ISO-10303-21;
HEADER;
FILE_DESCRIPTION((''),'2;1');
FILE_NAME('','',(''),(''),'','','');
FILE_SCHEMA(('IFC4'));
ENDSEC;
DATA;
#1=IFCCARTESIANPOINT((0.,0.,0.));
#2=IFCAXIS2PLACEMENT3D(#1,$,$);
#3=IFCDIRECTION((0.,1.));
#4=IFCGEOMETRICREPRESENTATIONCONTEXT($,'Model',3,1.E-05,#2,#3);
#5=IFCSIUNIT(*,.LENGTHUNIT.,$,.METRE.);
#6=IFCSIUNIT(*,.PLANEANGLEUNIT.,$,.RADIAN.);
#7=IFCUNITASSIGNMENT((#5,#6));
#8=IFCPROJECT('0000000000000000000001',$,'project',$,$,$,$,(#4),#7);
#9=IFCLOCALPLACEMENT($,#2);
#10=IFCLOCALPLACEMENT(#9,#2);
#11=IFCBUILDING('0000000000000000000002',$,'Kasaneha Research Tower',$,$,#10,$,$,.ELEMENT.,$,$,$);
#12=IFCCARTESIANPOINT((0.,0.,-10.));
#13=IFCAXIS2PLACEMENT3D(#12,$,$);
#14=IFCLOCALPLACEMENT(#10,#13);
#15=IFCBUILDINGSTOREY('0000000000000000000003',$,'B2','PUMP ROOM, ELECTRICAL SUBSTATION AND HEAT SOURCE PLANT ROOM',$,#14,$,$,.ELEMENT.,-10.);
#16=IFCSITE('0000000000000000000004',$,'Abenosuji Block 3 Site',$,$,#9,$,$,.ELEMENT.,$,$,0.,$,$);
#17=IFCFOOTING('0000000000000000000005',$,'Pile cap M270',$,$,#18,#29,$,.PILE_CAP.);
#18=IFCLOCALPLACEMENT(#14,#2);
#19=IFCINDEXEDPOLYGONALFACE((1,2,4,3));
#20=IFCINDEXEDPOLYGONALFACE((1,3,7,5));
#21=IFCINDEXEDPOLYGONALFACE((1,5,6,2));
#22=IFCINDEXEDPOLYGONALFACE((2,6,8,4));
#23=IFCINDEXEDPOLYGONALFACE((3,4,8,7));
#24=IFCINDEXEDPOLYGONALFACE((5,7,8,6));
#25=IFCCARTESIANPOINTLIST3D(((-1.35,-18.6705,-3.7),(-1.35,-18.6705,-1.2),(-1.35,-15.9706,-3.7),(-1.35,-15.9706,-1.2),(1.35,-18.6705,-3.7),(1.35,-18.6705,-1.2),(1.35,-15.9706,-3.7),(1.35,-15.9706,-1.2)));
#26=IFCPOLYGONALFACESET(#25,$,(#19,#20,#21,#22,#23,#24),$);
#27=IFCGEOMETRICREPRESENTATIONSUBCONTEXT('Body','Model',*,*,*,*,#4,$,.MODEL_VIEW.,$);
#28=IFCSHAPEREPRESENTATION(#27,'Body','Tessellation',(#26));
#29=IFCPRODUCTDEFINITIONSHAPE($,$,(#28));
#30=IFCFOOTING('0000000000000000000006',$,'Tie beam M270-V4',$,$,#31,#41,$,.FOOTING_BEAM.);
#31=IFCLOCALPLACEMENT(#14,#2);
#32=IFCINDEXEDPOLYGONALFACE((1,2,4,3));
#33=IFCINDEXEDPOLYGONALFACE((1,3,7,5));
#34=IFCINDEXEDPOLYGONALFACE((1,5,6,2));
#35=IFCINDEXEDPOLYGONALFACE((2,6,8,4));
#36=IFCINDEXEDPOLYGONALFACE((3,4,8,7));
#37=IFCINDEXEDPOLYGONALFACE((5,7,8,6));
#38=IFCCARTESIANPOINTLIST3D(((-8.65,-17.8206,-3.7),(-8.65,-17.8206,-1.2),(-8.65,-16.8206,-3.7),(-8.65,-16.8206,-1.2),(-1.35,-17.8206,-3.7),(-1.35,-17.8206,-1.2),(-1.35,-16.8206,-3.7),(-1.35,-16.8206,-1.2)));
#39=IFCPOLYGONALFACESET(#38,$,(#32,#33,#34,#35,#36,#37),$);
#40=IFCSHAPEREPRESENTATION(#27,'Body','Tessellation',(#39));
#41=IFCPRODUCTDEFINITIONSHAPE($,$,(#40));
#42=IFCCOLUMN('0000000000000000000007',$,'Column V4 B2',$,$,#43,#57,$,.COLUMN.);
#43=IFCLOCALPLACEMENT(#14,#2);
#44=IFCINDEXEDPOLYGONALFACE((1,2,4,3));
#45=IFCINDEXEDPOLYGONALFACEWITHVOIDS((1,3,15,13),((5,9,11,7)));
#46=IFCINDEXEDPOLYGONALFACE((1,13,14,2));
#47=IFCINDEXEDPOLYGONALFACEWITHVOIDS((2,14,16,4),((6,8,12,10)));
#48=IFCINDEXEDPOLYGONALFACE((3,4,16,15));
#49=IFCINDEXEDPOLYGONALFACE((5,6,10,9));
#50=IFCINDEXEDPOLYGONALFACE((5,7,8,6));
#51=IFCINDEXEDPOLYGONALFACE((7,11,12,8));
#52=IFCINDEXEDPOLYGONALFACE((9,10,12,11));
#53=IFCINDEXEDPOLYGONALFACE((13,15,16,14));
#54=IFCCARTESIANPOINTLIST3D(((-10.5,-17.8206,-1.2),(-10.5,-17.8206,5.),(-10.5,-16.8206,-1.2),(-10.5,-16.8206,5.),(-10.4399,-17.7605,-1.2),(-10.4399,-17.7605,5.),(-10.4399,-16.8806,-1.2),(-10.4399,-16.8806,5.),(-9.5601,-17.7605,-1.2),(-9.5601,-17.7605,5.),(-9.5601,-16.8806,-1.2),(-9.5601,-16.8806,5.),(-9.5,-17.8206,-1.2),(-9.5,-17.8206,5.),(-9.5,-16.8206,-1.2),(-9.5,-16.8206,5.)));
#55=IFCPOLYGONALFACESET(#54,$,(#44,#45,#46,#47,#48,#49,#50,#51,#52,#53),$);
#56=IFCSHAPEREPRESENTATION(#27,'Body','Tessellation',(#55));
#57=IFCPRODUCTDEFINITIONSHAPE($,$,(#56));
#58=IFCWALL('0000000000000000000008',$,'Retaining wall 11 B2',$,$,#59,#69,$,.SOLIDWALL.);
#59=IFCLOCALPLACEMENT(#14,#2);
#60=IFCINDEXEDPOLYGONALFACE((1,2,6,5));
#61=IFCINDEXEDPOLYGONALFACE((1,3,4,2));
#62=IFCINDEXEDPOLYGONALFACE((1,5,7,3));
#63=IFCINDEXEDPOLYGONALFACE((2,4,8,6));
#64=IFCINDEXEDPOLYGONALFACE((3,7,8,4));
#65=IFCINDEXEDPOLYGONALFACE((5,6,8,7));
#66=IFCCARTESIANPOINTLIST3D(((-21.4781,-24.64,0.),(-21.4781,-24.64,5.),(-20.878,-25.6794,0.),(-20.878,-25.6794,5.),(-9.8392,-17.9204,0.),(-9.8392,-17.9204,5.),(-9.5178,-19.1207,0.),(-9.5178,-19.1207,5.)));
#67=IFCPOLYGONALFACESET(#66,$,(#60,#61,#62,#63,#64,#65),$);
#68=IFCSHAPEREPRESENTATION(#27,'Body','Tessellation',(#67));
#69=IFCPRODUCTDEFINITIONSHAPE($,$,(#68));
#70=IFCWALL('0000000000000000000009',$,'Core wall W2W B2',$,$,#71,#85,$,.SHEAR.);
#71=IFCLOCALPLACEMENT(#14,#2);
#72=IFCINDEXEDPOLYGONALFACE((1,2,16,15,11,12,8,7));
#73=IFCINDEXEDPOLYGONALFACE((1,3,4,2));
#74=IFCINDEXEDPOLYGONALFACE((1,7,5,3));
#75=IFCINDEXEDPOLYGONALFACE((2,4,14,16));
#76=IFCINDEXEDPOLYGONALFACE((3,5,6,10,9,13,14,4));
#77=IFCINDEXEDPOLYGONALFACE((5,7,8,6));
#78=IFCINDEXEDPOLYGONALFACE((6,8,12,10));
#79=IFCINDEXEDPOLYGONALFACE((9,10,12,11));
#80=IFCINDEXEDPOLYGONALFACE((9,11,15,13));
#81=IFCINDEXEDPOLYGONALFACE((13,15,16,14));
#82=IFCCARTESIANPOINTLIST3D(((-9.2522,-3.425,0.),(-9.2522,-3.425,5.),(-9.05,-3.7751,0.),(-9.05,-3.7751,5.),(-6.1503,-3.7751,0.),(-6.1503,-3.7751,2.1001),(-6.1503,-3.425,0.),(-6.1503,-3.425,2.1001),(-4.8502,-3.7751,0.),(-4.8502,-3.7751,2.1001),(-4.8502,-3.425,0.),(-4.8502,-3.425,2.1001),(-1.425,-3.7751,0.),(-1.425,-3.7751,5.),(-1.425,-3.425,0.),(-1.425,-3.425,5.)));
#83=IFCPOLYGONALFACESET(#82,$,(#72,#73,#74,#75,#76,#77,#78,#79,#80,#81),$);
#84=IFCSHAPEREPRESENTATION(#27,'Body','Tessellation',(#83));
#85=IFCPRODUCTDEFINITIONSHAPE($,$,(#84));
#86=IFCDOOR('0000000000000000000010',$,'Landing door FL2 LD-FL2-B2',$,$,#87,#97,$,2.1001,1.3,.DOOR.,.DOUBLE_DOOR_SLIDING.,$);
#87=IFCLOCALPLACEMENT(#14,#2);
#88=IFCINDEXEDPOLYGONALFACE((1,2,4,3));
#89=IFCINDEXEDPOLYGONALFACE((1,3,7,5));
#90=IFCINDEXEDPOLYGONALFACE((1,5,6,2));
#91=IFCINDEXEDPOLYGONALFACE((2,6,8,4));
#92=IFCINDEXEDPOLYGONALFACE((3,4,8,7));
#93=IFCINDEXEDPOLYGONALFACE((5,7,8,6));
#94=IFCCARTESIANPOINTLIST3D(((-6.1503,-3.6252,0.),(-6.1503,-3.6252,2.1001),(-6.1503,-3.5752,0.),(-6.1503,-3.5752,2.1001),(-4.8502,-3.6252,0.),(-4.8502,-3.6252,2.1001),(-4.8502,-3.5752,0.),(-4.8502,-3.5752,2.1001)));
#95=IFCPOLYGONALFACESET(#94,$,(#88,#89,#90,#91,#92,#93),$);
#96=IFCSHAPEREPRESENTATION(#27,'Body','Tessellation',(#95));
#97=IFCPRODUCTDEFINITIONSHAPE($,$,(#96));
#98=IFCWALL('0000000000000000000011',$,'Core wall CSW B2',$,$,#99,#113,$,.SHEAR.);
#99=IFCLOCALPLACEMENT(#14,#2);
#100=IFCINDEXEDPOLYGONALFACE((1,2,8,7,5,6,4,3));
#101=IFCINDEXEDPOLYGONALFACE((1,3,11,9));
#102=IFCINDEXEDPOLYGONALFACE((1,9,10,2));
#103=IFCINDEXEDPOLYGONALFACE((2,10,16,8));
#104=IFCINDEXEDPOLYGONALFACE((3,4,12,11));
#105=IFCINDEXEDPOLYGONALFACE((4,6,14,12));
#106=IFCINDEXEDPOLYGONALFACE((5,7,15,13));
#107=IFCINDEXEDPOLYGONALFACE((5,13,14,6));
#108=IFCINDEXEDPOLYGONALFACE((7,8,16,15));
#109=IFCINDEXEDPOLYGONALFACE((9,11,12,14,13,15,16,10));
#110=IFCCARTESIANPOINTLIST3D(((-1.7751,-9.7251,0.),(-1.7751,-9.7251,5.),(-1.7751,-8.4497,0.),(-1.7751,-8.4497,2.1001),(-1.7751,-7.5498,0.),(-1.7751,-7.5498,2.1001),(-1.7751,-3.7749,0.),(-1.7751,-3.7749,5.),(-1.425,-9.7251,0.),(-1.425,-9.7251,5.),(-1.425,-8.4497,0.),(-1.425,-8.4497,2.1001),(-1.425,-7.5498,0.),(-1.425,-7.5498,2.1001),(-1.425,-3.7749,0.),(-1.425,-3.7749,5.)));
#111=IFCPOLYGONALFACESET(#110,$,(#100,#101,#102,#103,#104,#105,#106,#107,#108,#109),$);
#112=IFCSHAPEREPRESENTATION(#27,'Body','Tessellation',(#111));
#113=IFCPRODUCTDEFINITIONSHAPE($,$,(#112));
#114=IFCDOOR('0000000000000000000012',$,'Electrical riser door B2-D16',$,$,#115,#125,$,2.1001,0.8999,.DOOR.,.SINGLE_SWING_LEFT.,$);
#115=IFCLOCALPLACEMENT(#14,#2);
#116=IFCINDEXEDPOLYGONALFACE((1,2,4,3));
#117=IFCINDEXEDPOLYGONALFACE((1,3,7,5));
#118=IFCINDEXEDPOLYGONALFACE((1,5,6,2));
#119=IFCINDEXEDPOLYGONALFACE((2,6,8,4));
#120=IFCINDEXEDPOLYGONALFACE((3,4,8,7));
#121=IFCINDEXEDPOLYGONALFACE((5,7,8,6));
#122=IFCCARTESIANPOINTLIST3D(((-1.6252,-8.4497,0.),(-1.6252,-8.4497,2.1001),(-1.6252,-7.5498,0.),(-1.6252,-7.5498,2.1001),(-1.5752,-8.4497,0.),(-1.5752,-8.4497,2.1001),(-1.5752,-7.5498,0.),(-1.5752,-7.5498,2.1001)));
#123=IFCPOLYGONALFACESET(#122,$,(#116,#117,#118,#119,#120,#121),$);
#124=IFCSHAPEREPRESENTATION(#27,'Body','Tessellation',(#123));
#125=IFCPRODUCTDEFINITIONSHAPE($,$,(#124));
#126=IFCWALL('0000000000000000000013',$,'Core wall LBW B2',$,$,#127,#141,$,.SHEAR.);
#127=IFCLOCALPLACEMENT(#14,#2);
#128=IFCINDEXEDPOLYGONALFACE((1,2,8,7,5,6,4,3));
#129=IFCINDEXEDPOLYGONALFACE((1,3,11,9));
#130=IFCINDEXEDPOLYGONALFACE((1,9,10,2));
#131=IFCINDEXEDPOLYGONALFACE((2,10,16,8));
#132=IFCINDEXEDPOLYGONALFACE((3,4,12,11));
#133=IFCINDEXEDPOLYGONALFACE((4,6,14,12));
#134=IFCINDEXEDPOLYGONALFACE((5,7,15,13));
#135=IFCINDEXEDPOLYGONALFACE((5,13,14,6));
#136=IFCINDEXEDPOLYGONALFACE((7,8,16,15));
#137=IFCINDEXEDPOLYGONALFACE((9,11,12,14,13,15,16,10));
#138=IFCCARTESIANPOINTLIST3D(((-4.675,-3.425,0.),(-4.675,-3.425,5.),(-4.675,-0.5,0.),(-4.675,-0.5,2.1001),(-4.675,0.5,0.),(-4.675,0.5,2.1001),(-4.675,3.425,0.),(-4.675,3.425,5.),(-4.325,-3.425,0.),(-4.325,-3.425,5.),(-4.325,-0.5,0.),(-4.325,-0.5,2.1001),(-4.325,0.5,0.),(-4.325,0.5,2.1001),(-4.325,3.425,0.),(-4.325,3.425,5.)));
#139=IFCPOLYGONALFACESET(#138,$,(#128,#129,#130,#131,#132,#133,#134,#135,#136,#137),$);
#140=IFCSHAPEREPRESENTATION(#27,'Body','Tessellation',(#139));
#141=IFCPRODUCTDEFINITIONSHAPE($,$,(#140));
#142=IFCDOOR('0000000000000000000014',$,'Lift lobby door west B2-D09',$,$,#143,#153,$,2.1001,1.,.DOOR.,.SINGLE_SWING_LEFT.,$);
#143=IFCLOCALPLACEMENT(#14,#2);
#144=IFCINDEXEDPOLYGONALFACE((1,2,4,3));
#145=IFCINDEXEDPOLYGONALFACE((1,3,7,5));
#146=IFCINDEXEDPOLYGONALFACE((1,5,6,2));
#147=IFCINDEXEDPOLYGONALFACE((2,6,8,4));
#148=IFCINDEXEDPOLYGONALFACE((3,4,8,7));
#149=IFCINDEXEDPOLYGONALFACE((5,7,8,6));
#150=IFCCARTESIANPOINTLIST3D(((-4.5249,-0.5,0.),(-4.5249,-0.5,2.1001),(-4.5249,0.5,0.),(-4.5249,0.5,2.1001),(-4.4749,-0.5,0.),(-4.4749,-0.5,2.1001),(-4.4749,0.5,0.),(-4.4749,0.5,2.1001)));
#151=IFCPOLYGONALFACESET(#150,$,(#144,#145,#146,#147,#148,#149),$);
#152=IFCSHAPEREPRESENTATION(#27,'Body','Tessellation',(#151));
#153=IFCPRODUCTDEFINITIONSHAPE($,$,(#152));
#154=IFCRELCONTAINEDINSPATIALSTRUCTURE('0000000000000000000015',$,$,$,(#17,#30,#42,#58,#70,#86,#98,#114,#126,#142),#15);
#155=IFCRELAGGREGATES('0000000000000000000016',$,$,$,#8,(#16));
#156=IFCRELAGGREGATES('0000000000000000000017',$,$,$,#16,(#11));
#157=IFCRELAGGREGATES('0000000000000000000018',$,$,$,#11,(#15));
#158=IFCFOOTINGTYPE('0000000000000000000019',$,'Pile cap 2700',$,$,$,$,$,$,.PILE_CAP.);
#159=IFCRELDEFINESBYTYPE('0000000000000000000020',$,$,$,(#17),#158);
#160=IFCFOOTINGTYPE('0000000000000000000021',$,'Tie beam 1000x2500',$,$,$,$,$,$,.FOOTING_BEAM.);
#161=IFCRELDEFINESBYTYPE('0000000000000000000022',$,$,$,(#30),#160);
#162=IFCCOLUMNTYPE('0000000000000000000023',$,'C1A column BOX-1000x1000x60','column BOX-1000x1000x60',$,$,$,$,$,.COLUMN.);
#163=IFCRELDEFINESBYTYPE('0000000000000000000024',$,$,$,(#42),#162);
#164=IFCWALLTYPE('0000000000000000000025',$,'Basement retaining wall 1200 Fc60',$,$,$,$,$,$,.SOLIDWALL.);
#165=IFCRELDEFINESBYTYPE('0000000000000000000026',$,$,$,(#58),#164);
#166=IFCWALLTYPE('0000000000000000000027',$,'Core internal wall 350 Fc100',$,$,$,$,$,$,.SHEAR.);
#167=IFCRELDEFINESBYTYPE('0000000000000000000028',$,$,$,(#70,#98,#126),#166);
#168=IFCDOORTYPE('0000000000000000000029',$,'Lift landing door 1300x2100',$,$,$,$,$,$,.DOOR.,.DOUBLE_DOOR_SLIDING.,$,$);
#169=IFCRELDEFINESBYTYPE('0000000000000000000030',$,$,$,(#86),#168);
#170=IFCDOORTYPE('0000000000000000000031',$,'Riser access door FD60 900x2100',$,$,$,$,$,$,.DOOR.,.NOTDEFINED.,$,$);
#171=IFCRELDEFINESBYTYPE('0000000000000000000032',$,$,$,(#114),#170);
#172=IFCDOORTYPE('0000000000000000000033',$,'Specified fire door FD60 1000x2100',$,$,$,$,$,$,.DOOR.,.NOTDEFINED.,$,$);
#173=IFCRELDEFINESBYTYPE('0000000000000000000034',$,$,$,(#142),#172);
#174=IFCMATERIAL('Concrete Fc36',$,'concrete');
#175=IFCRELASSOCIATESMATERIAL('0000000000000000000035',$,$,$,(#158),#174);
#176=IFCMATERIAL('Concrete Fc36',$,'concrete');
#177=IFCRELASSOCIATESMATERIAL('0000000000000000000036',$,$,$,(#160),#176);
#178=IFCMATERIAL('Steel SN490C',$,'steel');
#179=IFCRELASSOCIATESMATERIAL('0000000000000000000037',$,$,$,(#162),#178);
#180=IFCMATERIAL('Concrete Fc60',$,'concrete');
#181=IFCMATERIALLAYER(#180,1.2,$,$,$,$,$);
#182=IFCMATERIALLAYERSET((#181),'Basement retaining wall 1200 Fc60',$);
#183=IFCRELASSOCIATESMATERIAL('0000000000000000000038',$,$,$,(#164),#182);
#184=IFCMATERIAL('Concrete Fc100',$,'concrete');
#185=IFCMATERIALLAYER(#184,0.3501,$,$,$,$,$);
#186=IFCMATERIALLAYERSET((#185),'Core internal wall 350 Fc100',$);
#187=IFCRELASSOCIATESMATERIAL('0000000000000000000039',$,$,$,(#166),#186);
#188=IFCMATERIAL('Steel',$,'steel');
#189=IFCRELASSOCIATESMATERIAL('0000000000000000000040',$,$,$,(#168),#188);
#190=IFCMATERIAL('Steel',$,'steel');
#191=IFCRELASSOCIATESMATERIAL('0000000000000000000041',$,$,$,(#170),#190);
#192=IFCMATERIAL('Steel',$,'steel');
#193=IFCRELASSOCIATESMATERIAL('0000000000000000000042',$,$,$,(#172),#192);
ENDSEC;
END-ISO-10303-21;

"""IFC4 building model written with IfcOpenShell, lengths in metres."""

from ifc_helpers import new_model, si_unit, direction, frame, frame_2d, origin, origin_2d, place, context, subcontext, project, spatial, polyline, rectangle, hollow_rectangle, outline, extrude, material, layer, layer_set, material_profile, profile_set, type_object, element, fill, save


model = new_model("IFC4")

# Units and contexts
model_context = context("Model", 3, precision=1e-05, world=origin(), true_north=direction((0.0, 1.0)))
body_context = subcontext(model_context, "Body", "Model", "MODEL_VIEW")
ifc_project = project(units=[si_unit("LENGTHUNIT", "METRE"), si_unit("PLANEANGLEUNIT", "RADIAN")], contexts=[model_context])

# Site, building, storey
site_placement = place(None, origin())
site = spatial("IfcSite", under=ifc_project, at=site_placement, Name="Abenosuji Block 3 Site", CompositionType="ELEMENT", RefElevation=0.0)
building_placement = place(site_placement, origin())
building = spatial("IfcBuilding", under=site, at=building_placement, Name="Kasaneha Research Tower", CompositionType="ELEMENT")
storey_placement = place(building_placement, frame((0.0, 0.0, -10.0)))
storey = spatial("IfcBuildingStorey", under=building, at=storey_placement, Name="B2", Description="PUMP ROOM, ELECTRICAL SUBSTATION AND HEAT SOURCE PLANT ROOM", CompositionType="ELEMENT", Elevation=-10.0)

# Footings
ifc_material_1 = material(Name="Concrete Fc36", Category="concrete")
footing_type_1 = type_object("IfcFootingType", Name="Pile cap 2700", PredefinedType="PILE_CAP", material=ifc_material_1)
footing_1_placement = place(storey_placement, frame((0.0, -17.3206, -3.7), z_axis=(0.0, 0.0, 1.0), x_axis=(1.0, 0.0, 0.0)))
element("IfcFooting", 1, at=footing_1_placement, inside=storey, type_object=footing_type_1, Name="Pile cap M270", PredefinedType="PILE_CAP", context=body_context, shape_type="SweptSolid", body=[
    extrude(rectangle(XDim=2.7, YDim=2.7, at=origin_2d()), origin(), (0.0, 0.0, 1.0), 2.5),
])
ifc_material_2 = material(Name="Concrete Fc36", Category="concrete")
footing_type_2 = type_object("IfcFootingType", Name="Tie beam 1000x2500", PredefinedType="FOOTING_BEAM", material=ifc_material_2)
footing_2_placement = place(storey_placement, frame((-5.0, -17.3206, -3.7), z_axis=(0.0, 0.0, 1.0), x_axis=(-1.0, 0.0, 0.0)))
element("IfcFooting", 2, at=footing_2_placement, inside=storey, type_object=footing_type_2, Name="Tie beam M270-V4", PredefinedType="FOOTING_BEAM", context=body_context, shape_type="SweptSolid", body=[
    extrude(rectangle(XDim=7.3, YDim=1.0, at=origin_2d()), origin(), (0.0, 0.0, 1.0), 2.5),
])

# Column
ifc_material_3 = material(Name="Steel SN490C", Category="steel")
ifc_material_profile_1 = material_profile(ifc_material_3, hollow_rectangle(XDim=1.0, YDim=1.0, WallThickness=0.0601, at=origin_2d()), Name="BOX-1000x1000x60")
ifc_profile_set_1 = profile_set([ifc_material_profile_1], Name="Steel SN490C")
column_type = type_object("IfcColumnType", Name="C1A column BOX-1000x1000x60", Description="column BOX-1000x1000x60", PredefinedType="COLUMN", material=ifc_profile_set_1)
column_placement = place(storey_placement, frame((-10.0, -17.3206, -1.2), z_axis=(0.0, 0.0, 1.0), x_axis=(1.0, 0.0, 0.0)))
element("IfcColumn", 3, at=column_placement, inside=storey, type_object=column_type, Name="Column V4 B2", PredefinedType="COLUMN", context=body_context, shape_type="SweptSolid", body=[
    extrude(hollow_rectangle(XDim=1.0, YDim=1.0, WallThickness=0.0601, at=origin_2d()), origin(), (0.0, 0.0, 1.0), 6.2),
])

# Wall
ifc_material_4 = material(Name="Concrete Fc60", Category="concrete")
ifc_layer_1 = layer(ifc_material_4, 1.2)
ifc_layer_set_1 = layer_set([ifc_layer_1], Name="Basement retaining wall 1200 Fc60")
wall_type_1 = type_object("IfcWallType", Name="Basement retaining wall 1200 Fc60", PredefinedType="SOLIDWALL", material=ifc_layer_set_1)
wall_1_placement = place(storey_placement, frame((-9.6785, -18.5205, 0.0), z_axis=(0.0, 0.0, 1.0), x_axis=(-0.866028, -0.499995, 0.0)))
element("IfcWall", 4, at=wall_1_placement, inside=storey, type_object=wall_type_1, Name="Retaining wall 11 B2", PredefinedType="SOLIDWALL", context=body_context, shape_type="SweptSolid", body=[
    extrude(outline(polyline([(-0.1609, -0.6001), (13.2786, -0.6001), (13.2786, 0.6001), (0.1609, 0.6001), (-0.1609, -0.6001)])), origin(), (0.0, 0.0, 1.0), 5.0),
])

# Walls, openings, doors
ifc_material_5 = material(Name="Concrete Fc100", Category="concrete")
ifc_layer_2 = layer(ifc_material_5, 0.3501)
ifc_layer_set_2 = layer_set([ifc_layer_2], Name="Core internal wall 350 Fc100")
wall_type_2 = type_object("IfcWallType", Name="Core internal wall 350 Fc100", PredefinedType="SHEAR", material=ifc_layer_set_2)
wall_2_placement = place(storey_placement, frame((-9.1511, -3.6001, 0.0), z_axis=(0.0, 0.0, 1.0), x_axis=(1.0, 0.0, 0.0)))
wall_2 = element("IfcWall", 5, at=wall_2_placement, inside=storey, type_object=wall_type_2, Name="Core wall W2W B2", PredefinedType="SHEAR", context=body_context, shape_type="SweptSolid", body=[
    extrude(outline(polyline([(0.1011, -0.175), (3.001, -0.175), (4.301, -0.175), (7.7261, -0.175), (7.7261, 0.175), (4.301, 0.175), (3.001, 0.175), (-0.1011, 0.175), (0.1011, -0.175)])), origin(), (0.0, 0.0, 1.0), 5.0),
])
opening_1_placement = place(wall_2_placement, frame((3.001, 0.0, 0.0)))
opening_1 = element("IfcOpeningElement", 6, at=opening_1_placement, cuts=wall_2, PredefinedType="OPENING", context=body_context, shape_type="SweptSolid", body=[
    extrude(rectangle(XDim=1.3, YDim=2.1001, at=frame_2d((0.6499, 1.05))), frame((0.0, 0.1851, 0.0), z_axis=(0.0, -1.0, 0.0), x_axis=(1.0, 0.0, 0.0)), (0.0, 0.0, 1.0), 0.3701),
])
ifc_material_6 = material(Name="Steel", Category="steel")
door_type_1 = type_object("IfcDoorType", Name="Lift landing door 1300x2100", OperationType="DOUBLE_DOOR_SLIDING", PredefinedType="DOOR", material=ifc_material_6)
door_1_placement = place(opening_1_placement, origin())
door_1 = element("IfcDoor", 7, at=door_1_placement, inside=storey, type_object=door_type_1, Name="Landing door FL2 LD-FL2-B2", OperationType="DOUBLE_DOOR_SLIDING", OverallHeight=2.1001, OverallWidth=1.3, PredefinedType="DOOR", context=body_context, shape_type="SweptSolid", body=[
    extrude(rectangle(XDim=1.3, YDim=2.1001, at=frame_2d((0.6499, 1.05))), frame((0.0, 0.0249, 0.0), z_axis=(0.0, -1.0, 0.0), x_axis=(1.0, 0.0, 0.0)), (0.0, 0.0, 1.0), 0.05),
])
fill(opening_1, door_1)
wall_3_placement = place(storey_placement, frame((-1.6001, -3.7749, 0.0), z_axis=(0.0, 0.0, 1.0), x_axis=(0.0, -1.0, 0.0)))
wall_3 = element("IfcWall", 8, at=wall_3_placement, inside=storey, type_object=wall_type_2, Name="Core wall CSW B2", PredefinedType="SHEAR", context=body_context, shape_type="SweptSolid", body=[
    extrude(rectangle(XDim=5.9502, YDim=0.3501, at=frame_2d((2.9751, 0.0))), origin(), (0.0, 0.0, 1.0), 5.0),
])
opening_2_placement = place(wall_3_placement, frame((3.7749, 0.0, 0.0)))
opening_2 = element("IfcOpeningElement", 9, at=opening_2_placement, cuts=wall_3, PredefinedType="OPENING", context=body_context, shape_type="SweptSolid", body=[
    extrude(rectangle(XDim=0.8999, YDim=2.1001, at=frame_2d((0.45, 1.05))), frame((0.0, 0.1851, 0.0), z_axis=(0.0, -1.0, 0.0), x_axis=(1.0, 0.0, 0.0)), (0.0, 0.0, 1.0), 0.3701),
])
ifc_material_7 = material(Name="Steel", Category="steel")
door_type_2 = type_object("IfcDoorType", Name="Riser access door FD60 900x2100", OperationType="NOTDEFINED", PredefinedType="DOOR", material=ifc_material_7)
door_2_placement = place(opening_2_placement, origin())
door_2 = element("IfcDoor", 10, at=door_2_placement, inside=storey, type_object=door_type_2, Name="Electrical riser door B2-D16", OperationType="SINGLE_SWING_LEFT", OverallHeight=2.1001, OverallWidth=0.8999, PredefinedType="DOOR", context=body_context, shape_type="SweptSolid", body=[
    extrude(rectangle(XDim=0.8999, YDim=2.1001, at=frame_2d((0.45, 1.05))), frame((0.0, 0.0249, 0.0), z_axis=(0.0, -1.0, 0.0), x_axis=(1.0, 0.0, 0.0)), (0.0, 0.0, 1.0), 0.05),
])
fill(opening_2, door_2)
wall_4_placement = place(storey_placement, frame((-4.5, -3.425, 0.0), z_axis=(0.0, 0.0, 1.0), x_axis=(0.0, 1.0, 0.0)))
wall_4 = element("IfcWall", 11, at=wall_4_placement, inside=storey, type_object=wall_type_2, Name="Core wall LBW B2", PredefinedType="SHEAR", context=body_context, shape_type="SweptSolid", body=[
    extrude(rectangle(XDim=6.8501, YDim=0.3501, at=frame_2d((3.425, 0.0))), origin(), (0.0, 0.0, 1.0), 5.0),
])
opening_3_placement = place(wall_4_placement, frame((2.925, 0.0, 0.0)))
opening_3 = element("IfcOpeningElement", 12, at=opening_3_placement, cuts=wall_4, PredefinedType="OPENING", context=body_context, shape_type="SweptSolid", body=[
    extrude(rectangle(XDim=1.0, YDim=2.1001, at=frame_2d((0.5, 1.05))), frame((0.0, 0.1851, 0.0), z_axis=(0.0, -1.0, 0.0), x_axis=(1.0, 0.0, 0.0)), (0.0, 0.0, 1.0), 0.3701),
])
ifc_material_8 = material(Name="Steel", Category="steel")
door_type_3 = type_object("IfcDoorType", Name="Specified fire door FD60 1000x2100", OperationType="NOTDEFINED", PredefinedType="DOOR", material=ifc_material_8)
door_3_placement = place(opening_3_placement, origin())
door_3 = element("IfcDoor", 13, at=door_3_placement, inside=storey, type_object=door_type_3, Name="Lift lobby door west B2-D09", OperationType="SINGLE_SWING_LEFT", OverallHeight=2.1001, OverallWidth=1.0, PredefinedType="DOOR", context=body_context, shape_type="SweptSolid", body=[
    extrude(rectangle(XDim=1.0, YDim=2.1001, at=frame_2d((0.5, 1.05))), frame((0.0, 0.0249, 0.0), z_axis=(0.0, -1.0, 0.0), x_axis=(1.0, 0.0, 0.0)), (0.0, 0.0, 1.0), 0.05),
])
fill(opening_3, door_3)

save(model, "model.ifc")
